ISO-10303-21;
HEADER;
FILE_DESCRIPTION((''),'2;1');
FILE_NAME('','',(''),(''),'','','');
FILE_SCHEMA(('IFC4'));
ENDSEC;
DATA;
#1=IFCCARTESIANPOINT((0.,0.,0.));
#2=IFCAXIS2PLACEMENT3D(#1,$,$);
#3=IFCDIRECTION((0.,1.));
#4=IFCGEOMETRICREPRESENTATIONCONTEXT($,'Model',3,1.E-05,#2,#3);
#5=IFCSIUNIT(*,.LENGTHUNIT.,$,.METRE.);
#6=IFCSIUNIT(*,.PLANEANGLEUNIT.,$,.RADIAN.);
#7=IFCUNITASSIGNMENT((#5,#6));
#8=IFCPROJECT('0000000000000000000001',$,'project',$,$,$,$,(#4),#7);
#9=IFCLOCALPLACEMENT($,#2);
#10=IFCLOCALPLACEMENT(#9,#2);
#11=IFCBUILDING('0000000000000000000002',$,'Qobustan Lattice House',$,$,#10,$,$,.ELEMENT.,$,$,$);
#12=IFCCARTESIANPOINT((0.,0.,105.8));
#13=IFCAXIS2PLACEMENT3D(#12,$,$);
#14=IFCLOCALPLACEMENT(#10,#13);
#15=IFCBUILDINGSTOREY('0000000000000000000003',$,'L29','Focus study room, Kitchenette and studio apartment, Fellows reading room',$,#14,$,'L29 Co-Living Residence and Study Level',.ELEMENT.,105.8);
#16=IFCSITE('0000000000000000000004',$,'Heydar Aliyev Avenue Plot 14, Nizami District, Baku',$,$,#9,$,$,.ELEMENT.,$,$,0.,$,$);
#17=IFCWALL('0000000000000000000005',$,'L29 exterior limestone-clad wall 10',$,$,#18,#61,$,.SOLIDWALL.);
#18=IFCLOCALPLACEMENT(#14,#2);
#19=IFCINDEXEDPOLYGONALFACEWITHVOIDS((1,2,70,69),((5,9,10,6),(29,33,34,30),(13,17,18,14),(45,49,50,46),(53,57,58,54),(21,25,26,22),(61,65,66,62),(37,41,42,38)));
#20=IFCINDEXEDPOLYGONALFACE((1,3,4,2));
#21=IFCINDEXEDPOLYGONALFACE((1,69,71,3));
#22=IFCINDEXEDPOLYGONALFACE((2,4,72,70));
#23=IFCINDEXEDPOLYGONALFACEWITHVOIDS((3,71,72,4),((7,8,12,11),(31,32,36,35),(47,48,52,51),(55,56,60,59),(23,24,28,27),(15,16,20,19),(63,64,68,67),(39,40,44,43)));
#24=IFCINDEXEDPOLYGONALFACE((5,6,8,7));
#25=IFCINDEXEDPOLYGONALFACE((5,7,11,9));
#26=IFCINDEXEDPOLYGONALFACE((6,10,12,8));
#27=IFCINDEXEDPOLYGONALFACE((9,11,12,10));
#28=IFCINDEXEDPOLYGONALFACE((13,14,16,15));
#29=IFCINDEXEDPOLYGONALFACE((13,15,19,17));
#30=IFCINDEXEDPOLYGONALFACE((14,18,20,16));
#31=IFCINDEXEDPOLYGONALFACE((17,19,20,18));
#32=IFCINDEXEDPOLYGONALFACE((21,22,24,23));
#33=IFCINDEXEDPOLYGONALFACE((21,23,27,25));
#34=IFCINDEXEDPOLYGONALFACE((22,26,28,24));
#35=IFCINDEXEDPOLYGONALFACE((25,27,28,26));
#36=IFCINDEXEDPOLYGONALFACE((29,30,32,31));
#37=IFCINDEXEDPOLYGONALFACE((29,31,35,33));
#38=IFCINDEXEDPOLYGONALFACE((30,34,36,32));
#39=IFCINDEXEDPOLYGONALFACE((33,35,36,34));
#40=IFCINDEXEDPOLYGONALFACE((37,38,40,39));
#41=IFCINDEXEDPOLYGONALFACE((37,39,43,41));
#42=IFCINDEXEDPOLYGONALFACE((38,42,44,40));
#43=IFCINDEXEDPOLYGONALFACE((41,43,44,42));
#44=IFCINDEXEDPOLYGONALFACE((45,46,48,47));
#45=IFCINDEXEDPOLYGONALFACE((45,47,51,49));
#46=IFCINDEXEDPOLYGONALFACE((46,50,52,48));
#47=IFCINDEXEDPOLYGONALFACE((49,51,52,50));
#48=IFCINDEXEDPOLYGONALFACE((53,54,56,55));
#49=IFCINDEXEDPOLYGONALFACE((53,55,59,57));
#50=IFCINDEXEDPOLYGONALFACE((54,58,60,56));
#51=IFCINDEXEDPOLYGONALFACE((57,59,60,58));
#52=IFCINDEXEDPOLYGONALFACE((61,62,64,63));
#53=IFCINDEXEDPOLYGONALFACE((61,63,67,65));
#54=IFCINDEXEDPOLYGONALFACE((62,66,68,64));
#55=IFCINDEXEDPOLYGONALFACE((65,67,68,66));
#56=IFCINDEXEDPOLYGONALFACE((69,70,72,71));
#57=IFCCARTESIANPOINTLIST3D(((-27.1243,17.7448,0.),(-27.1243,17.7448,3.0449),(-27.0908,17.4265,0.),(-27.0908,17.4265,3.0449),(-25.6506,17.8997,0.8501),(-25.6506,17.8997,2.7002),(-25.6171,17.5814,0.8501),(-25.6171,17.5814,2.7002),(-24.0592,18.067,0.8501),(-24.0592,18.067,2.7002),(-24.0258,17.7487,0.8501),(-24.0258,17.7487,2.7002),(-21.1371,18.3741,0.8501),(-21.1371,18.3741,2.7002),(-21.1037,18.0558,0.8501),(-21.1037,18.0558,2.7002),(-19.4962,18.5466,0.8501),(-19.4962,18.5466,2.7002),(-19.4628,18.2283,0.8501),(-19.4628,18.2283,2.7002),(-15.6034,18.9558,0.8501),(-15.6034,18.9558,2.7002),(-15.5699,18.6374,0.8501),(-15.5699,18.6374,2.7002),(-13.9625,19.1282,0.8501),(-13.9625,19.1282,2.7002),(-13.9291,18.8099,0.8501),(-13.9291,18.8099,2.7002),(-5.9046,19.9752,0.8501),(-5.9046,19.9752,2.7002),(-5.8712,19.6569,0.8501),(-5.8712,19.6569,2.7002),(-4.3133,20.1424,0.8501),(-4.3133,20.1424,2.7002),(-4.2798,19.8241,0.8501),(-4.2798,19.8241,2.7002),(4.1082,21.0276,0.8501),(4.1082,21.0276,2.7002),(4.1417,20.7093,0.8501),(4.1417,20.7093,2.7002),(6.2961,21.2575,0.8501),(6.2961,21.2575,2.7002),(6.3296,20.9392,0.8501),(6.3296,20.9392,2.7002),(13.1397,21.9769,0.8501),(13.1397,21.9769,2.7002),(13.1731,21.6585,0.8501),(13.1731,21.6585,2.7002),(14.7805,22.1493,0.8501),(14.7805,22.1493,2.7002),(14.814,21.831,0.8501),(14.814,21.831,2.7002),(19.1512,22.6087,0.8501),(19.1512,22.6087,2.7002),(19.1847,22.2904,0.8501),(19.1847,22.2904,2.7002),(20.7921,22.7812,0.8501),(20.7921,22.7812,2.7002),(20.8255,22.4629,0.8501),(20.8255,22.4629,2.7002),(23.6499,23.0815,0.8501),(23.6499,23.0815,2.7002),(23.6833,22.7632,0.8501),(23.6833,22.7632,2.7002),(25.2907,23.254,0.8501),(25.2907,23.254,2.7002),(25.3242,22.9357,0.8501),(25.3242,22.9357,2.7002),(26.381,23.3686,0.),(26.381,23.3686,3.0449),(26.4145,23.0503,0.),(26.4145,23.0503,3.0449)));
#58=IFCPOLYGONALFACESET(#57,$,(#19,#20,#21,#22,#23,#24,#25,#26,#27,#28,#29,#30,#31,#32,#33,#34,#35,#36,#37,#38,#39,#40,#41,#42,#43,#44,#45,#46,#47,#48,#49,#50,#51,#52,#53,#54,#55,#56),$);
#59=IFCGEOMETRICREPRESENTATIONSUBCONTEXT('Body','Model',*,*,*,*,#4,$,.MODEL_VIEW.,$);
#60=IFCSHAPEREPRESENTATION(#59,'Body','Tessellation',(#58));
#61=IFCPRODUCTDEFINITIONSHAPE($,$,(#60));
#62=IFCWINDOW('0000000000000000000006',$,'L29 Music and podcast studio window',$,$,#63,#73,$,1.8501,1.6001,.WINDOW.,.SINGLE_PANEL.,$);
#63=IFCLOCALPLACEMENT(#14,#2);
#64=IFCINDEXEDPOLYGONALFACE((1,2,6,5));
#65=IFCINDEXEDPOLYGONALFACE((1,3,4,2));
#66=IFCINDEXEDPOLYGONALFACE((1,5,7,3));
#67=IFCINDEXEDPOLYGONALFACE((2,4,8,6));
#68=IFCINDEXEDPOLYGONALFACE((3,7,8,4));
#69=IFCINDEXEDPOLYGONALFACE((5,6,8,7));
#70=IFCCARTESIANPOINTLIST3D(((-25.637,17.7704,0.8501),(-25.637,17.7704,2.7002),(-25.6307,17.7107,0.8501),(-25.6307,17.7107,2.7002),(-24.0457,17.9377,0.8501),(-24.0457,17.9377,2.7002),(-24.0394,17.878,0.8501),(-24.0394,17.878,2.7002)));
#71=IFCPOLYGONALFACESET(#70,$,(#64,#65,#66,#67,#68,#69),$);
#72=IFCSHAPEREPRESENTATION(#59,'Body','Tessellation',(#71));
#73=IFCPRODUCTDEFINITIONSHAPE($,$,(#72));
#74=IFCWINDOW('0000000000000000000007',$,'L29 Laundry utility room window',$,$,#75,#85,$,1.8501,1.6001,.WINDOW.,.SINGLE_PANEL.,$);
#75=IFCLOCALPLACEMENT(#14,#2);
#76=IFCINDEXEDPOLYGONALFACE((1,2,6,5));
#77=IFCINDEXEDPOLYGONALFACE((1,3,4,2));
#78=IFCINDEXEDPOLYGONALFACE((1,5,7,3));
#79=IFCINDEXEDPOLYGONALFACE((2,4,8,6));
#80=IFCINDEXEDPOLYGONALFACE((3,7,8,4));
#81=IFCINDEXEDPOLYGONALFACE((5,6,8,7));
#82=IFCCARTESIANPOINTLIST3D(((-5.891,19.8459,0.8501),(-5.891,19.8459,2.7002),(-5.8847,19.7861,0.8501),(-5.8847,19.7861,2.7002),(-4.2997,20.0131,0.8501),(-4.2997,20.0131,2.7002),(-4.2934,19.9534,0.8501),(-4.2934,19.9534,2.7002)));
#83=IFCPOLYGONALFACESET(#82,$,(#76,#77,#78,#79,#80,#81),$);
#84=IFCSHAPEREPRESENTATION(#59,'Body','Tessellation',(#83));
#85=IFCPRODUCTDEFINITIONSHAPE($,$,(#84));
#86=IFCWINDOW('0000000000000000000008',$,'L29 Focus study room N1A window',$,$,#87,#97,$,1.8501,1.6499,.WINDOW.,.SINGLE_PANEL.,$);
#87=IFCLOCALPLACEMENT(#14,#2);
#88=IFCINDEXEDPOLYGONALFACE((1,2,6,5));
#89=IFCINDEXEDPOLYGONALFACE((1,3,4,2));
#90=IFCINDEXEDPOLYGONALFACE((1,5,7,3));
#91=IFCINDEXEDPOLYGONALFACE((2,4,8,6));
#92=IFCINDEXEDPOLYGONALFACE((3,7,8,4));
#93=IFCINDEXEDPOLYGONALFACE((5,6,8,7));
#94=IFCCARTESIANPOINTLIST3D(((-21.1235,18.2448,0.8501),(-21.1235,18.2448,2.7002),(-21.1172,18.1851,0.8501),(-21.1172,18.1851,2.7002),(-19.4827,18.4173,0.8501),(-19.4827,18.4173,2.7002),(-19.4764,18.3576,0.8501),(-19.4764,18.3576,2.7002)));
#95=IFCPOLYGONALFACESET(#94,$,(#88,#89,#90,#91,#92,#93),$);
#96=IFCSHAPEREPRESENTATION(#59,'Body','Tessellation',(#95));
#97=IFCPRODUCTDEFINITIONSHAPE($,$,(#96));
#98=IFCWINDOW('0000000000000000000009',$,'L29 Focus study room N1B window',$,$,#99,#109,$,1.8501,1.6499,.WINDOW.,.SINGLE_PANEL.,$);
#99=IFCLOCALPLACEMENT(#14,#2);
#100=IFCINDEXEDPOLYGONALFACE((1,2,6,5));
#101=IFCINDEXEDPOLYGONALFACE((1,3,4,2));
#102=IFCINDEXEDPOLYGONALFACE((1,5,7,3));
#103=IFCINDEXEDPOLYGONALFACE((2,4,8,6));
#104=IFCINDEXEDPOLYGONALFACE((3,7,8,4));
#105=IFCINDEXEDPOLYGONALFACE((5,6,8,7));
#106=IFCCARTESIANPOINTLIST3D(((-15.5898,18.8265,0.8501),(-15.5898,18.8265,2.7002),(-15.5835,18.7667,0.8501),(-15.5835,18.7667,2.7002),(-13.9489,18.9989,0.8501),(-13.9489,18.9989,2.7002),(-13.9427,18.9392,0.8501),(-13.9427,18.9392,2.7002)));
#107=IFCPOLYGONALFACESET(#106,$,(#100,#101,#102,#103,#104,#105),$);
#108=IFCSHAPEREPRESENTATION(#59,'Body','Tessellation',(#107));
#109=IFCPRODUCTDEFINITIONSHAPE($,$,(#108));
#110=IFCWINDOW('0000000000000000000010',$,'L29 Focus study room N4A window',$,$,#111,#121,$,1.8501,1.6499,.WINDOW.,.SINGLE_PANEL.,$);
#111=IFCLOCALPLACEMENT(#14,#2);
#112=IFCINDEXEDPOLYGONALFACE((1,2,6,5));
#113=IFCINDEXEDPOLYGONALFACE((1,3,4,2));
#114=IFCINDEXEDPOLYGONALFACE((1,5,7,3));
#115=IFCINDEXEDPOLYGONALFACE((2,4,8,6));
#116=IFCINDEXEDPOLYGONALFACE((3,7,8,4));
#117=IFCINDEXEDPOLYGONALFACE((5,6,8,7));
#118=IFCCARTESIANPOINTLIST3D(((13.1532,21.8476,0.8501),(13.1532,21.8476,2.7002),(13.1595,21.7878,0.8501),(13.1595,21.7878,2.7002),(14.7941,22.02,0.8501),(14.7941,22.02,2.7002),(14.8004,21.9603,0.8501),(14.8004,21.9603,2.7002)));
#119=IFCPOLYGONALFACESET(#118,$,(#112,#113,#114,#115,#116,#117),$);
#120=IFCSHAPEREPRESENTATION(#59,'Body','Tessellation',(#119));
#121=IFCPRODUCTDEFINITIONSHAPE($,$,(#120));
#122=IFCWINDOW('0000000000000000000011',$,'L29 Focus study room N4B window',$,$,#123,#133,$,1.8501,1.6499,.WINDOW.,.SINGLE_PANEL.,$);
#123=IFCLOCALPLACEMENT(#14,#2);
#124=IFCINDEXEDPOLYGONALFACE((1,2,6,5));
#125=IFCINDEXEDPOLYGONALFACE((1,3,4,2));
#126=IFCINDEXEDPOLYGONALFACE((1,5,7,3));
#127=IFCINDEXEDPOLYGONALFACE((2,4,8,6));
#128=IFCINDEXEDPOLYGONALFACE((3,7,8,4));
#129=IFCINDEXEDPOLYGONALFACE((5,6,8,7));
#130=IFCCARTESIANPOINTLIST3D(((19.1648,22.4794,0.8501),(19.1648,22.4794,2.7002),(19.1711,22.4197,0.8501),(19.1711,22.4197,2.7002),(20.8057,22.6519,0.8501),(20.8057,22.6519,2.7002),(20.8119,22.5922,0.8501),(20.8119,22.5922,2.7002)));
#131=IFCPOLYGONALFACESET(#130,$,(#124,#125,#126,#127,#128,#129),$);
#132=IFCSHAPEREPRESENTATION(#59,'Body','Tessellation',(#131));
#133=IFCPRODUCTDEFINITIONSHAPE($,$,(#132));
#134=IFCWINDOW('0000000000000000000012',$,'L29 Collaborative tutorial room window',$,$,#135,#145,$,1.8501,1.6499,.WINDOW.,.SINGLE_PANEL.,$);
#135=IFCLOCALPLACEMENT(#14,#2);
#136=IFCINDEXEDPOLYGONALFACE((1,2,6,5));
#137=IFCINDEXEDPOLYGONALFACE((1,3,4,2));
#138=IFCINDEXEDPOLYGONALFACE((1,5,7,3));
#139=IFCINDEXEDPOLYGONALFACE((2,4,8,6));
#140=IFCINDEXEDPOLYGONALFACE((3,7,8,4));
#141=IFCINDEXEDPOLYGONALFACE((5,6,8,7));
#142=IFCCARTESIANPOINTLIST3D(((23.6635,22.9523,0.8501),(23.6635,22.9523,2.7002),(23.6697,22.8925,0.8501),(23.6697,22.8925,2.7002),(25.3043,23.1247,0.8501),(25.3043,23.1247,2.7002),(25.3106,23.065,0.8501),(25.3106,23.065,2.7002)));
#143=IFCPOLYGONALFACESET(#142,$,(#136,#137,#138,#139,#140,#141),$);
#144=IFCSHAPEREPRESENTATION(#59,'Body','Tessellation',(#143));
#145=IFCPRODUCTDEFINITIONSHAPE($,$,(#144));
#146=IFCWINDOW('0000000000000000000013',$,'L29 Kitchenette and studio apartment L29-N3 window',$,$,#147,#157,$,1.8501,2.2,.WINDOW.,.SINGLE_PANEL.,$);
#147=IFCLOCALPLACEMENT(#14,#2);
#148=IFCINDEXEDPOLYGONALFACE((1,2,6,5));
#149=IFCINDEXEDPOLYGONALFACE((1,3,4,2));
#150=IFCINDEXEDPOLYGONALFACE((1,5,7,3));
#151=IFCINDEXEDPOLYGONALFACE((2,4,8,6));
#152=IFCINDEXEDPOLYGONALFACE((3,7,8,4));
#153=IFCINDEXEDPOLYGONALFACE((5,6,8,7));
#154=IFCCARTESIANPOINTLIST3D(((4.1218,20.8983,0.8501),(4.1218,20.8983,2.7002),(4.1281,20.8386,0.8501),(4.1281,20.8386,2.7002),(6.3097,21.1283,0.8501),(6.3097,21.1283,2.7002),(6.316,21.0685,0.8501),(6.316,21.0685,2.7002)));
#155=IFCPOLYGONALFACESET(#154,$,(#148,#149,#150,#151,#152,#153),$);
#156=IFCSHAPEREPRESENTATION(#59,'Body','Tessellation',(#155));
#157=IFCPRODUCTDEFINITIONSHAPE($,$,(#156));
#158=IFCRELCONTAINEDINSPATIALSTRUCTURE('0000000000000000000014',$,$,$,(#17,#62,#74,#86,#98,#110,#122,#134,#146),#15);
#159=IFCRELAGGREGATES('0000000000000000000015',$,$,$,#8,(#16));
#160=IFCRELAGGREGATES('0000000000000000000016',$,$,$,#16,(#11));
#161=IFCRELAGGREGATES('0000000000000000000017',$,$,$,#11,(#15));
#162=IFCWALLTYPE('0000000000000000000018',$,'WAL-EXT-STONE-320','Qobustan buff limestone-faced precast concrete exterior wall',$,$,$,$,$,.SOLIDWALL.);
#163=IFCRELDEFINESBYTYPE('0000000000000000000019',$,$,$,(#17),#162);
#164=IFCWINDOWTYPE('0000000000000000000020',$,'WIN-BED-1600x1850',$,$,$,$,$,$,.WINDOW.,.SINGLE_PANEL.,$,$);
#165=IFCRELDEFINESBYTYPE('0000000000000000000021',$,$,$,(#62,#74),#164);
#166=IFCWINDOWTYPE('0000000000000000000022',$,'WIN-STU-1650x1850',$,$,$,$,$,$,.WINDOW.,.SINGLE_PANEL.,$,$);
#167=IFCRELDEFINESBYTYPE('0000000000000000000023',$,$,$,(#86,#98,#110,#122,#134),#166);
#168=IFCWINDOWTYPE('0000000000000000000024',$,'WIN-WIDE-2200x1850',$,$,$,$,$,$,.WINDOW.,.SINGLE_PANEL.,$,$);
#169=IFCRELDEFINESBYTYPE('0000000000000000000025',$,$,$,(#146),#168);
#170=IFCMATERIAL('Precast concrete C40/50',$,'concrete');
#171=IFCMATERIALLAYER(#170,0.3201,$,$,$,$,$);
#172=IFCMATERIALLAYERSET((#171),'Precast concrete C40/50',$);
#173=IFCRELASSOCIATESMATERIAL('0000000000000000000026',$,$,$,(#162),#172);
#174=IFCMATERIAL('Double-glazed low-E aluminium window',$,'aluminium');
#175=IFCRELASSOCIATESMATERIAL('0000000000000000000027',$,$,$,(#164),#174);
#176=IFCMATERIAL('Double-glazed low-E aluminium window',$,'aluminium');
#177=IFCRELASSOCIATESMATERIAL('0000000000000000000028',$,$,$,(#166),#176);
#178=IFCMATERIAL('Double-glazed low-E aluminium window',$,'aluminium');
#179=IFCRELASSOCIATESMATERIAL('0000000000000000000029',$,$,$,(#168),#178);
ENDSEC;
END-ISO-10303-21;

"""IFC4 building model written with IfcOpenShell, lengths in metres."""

from ifc_helpers import new_model, si_unit, direction, frame, frame_2d, origin, place, context, subcontext, project, spatial, rectangle, extrude, material, layer, layer_set, type_object, element, fill, save


model = new_model("IFC4")

# Units and contexts
model_context = context("Model", 3, precision=1e-05, world=origin(), true_north=direction((0.0, 1.0)))
body_context = subcontext(model_context, "Body", "Model", "MODEL_VIEW")
ifc_project = project(units=[si_unit("LENGTHUNIT", "METRE"), si_unit("PLANEANGLEUNIT", "RADIAN")], contexts=[model_context])

# Site, building, storey
site_placement = place(None, origin())
site = spatial("IfcSite", under=ifc_project, at=site_placement, Name="Heydar Aliyev Avenue Plot 14, Nizami District, Baku", CompositionType="ELEMENT", RefElevation=0.0)
building_placement = place(site_placement, origin())
building = spatial("IfcBuilding", under=site, at=building_placement, Name="Qobustan Lattice House", CompositionType="ELEMENT")
storey_placement = place(building_placement, frame((0.0, 0.0, 105.8)))
storey = spatial("IfcBuildingStorey", under=building, at=storey_placement, Name="L29", Description="Focus study room, Kitchenette and studio apartment, Fellows reading room", LongName="L29 Co-Living Residence and Study Level", CompositionType="ELEMENT", Elevation=105.8)

# Shared definitions
ifc_material_1 = material(Name="Precast concrete C40/50", Category="concrete")
ifc_layer_1 = layer(ifc_material_1, 0.3201)
ifc_layer_set_1 = layer_set([ifc_layer_1], Name="Precast concrete C40/50")
wall_type_1 = type_object("IfcWallType", Name="WAL-EXT-STONE-320", Description="Qobustan buff limestone-faced precast concrete exterior wall", PredefinedType="SOLIDWALL", material=ifc_layer_set_1)

# Wall, openings, windows
wall_1_placement = place(storey_placement, frame((-27.1074, 17.5857, 0.0), z_axis=(0.0, 0.0, 1.0), x_axis=(0.994522, 0.104531, 0.0)))
wall_1 = element("IfcWall", 1, at=wall_1_placement, inside=storey, type_object=wall_type_1, Name="L29 exterior limestone-clad wall 10", PredefinedType="SOLIDWALL", context=body_context, shape_type="SweptSolid", body=[
    extrude(rectangle(XDim=53.8, YDim=0.3201, at=frame_2d((26.8999, 0.0))), origin(), (0.0, 0.0, 1.0), 3.0449),
])
opening_1_placement = place(wall_1_placement, frame((1.4817, 0.0, 0.8501)))
opening_1 = element("IfcOpeningElement", 2, at=opening_1_placement, cuts=wall_1, PredefinedType="OPENING", context=body_context, shape_type="SweptSolid", body=[
    extrude(rectangle(XDim=1.6001, YDim=1.8501, at=frame_2d((0.8, 0.925))), frame((0.0, 0.1699, 0.0), z_axis=(0.0, -1.0, 0.0), x_axis=(1.0, 0.0, 0.0)), (0.0, 0.0, 1.0), 0.3401),
])
opening_2_placement = place(wall_1_placement, frame((6.02, 0.0, 0.8501)))
opening_2 = element("IfcOpeningElement", 3, at=opening_2_placement, cuts=wall_1, PredefinedType="OPENING", context=body_context, shape_type="SweptSolid", body=[
    extrude(rectangle(XDim=1.6499, YDim=1.8501, at=frame_2d((0.825, 0.925))), frame((0.0, 0.1699, 0.0), z_axis=(0.0, -1.0, 0.0), x_axis=(1.0, 0.0, 0.0)), (0.0, 0.0, 1.0), 0.3401),
])
opening_3_placement = place(wall_1_placement, frame((11.5842, 0.0, 0.8501)))
opening_3 = element("IfcOpeningElement", 4, at=opening_3_placement, cuts=wall_1, PredefinedType="OPENING", context=body_context, shape_type="SweptSolid", body=[
    extrude(rectangle(XDim=1.6499, YDim=1.8501, at=frame_2d((0.825, 0.925))), frame((0.0, 0.1699, 0.0), z_axis=(0.0, -1.0, 0.0), x_axis=(1.0, 0.0, 0.0)), (0.0, 0.0, 1.0), 0.3401),
])
opening_4_placement = place(wall_1_placement, frame((21.3364, 0.0, 0.8501)))
opening_4 = element("IfcOpeningElement", 5, at=opening_4_placement, cuts=wall_1, PredefinedType="OPENING", context=body_context, shape_type="SweptSolid", body=[
    extrude(rectangle(XDim=1.6001, YDim=1.8501, at=frame_2d((0.8, 0.925))), frame((0.0, 0.1699, 0.0), z_axis=(0.0, -1.0, 0.0), x_axis=(1.0, 0.0, 0.0)), (0.0, 0.0, 1.0), 0.3401),
])
opening_5_placement = place(wall_1_placement, frame((31.4043, 0.0, 0.8501)))
opening_5 = element("IfcOpeningElement", 6, at=opening_5_placement, cuts=wall_1, PredefinedType="OPENING", context=body_context, shape_type="SweptSolid", body=[
    extrude(rectangle(XDim=2.2, YDim=1.8501, at=frame_2d((1.1001, 0.925))), frame((0.0, 0.1699, 0.0), z_axis=(0.0, -1.0, 0.0), x_axis=(1.0, 0.0, 0.0)), (0.0, 0.0, 1.0), 0.3401),
])
opening_6_placement = place(wall_1_placement, frame((40.4856, 0.0, 0.8501)))
opening_6 = element("IfcOpeningElement", 7, at=opening_6_placement, cuts=wall_1, PredefinedType="OPENING", context=body_context, shape_type="SweptSolid", body=[
    extrude(rectangle(XDim=1.6499, YDim=1.8501, at=frame_2d((0.825, 0.925))), frame((0.0, 0.1699, 0.0), z_axis=(0.0, -1.0, 0.0), x_axis=(1.0, 0.0, 0.0)), (0.0, 0.0, 1.0), 0.3401),
])
opening_7_placement = place(wall_1_placement, frame((46.5303, 0.0, 0.8501)))
opening_7 = element("IfcOpeningElement", 8, at=opening_7_placement, cuts=wall_1, PredefinedType="OPENING", context=body_context, shape_type="SweptSolid", body=[
    extrude(rectangle(XDim=1.6499, YDim=1.8501, at=frame_2d((0.825, 0.925))), frame((0.0, 0.1699, 0.0), z_axis=(0.0, -1.0, 0.0), x_axis=(1.0, 0.0, 0.0)), (0.0, 0.0, 1.0), 0.3401),
])
opening_8_placement = place(wall_1_placement, frame((51.0537, 0.0, 0.8501)))
opening_8 = element("IfcOpeningElement", 9, at=opening_8_placement, cuts=wall_1, PredefinedType="OPENING", context=body_context, shape_type="SweptSolid", body=[
    extrude(rectangle(XDim=1.6499, YDim=1.8501, at=frame_2d((0.825, 0.925))), frame((0.0, 0.1699, 0.0), z_axis=(0.0, -1.0, 0.0), x_axis=(1.0, 0.0, 0.0)), (0.0, 0.0, 1.0), 0.3401),
])
ifc_material_2 = material(Name="Double-glazed low-E aluminium window", Category="aluminium")
window_type_1 = type_object("IfcWindowType", Name="WIN-BED-1600x1850", PartitioningType="SINGLE_PANEL", PredefinedType="WINDOW", material=ifc_material_2)
window_1_placement = place(opening_1_placement, origin())
window_1 = element("IfcWindow", 10, at=window_1_placement, inside=storey, type_object=window_type_1, Name="L29 Music and podcast studio window", OverallHeight=1.8501, OverallWidth=1.6001, PartitioningType="SINGLE_PANEL", PredefinedType="WINDOW", context=body_context, shape_type="SweptSolid", body=[
    extrude(rectangle(XDim=1.6001, YDim=1.8501, at=frame_2d((0.8, 0.925))), frame((0.0, 0.03, 0.0), z_axis=(0.0, -1.0, 0.0), x_axis=(1.0, 0.0, 0.0)), (0.0, 0.0, 1.0), 0.0601),
])
fill(opening_1, window_1)
window_2_placement = place(opening_4_placement, origin())
window_2 = element("IfcWindow", 11, at=window_2_placement, inside=storey, type_object=window_type_1, Name="L29 Laundry utility room window", OverallHeight=1.8501, OverallWidth=1.6001, PartitioningType="SINGLE_PANEL", PredefinedType="WINDOW", context=body_context, shape_type="SweptSolid", body=[
    extrude(rectangle(XDim=1.6001, YDim=1.8501, at=frame_2d((0.8, 0.925))), frame((0.0, 0.03, 0.0), z_axis=(0.0, -1.0, 0.0), x_axis=(1.0, 0.0, 0.0)), (0.0, 0.0, 1.0), 0.0601),
])
fill(opening_4, window_2)
ifc_material_3 = material(Name="Double-glazed low-E aluminium window", Category="aluminium")
window_type_2 = type_object("IfcWindowType", Name="WIN-STU-1650x1850", PartitioningType="SINGLE_PANEL", PredefinedType="WINDOW", material=ifc_material_3)
window_3_placement = place(opening_2_placement, origin())
window_3 = element("IfcWindow", 12, at=window_3_placement, inside=storey, type_object=window_type_2, Name="L29 Focus study room N1A window", OverallHeight=1.8501, OverallWidth=1.6499, PartitioningType="SINGLE_PANEL", PredefinedType="WINDOW", context=body_context, shape_type="SweptSolid", body=[
    extrude(rectangle(XDim=1.6499, YDim=1.8501, at=frame_2d((0.825, 0.925))), frame((0.0, 0.03, 0.0), z_axis=(0.0, -1.0, 0.0), x_axis=(1.0, 0.0, 0.0)), (0.0, 0.0, 1.0), 0.0601),
])
fill(opening_2, window_3)
window_4_placement = place(opening_3_placement, origin())
window_4 = element("IfcWindow", 13, at=window_4_placement, inside=storey, type_object=window_type_2, Name="L29 Focus study room N1B window", OverallHeight=1.8501, OverallWidth=1.6499, PartitioningType="SINGLE_PANEL", PredefinedType="WINDOW", context=body_context, shape_type="SweptSolid", body=[
    extrude(rectangle(XDim=1.6499, YDim=1.8501, at=frame_2d((0.825, 0.925))), frame((0.0, 0.03, 0.0), z_axis=(0.0, -1.0, 0.0), x_axis=(1.0, 0.0, 0.0)), (0.0, 0.0, 1.0), 0.0601),
])
fill(opening_3, window_4)
window_5_placement = place(opening_6_placement, origin())
window_5 = element("IfcWindow", 14, at=window_5_placement, inside=storey, type_object=window_type_2, Name="L29 Focus study room N4A window", OverallHeight=1.8501, OverallWidth=1.6499, PartitioningType="SINGLE_PANEL", PredefinedType="WINDOW", context=body_context, shape_type="SweptSolid", body=[
    extrude(rectangle(XDim=1.6499, YDim=1.8501, at=frame_2d((0.825, 0.925))), frame((0.0, 0.03, 0.0), z_axis=(0.0, -1.0, 0.0), x_axis=(1.0, 0.0, 0.0)), (0.0, 0.0, 1.0), 0.0601),
])
fill(opening_6, window_5)
window_6_placement = place(opening_7_placement, origin())
window_6 = element("IfcWindow", 15, at=window_6_placement, inside=storey, type_object=window_type_2, Name="L29 Focus study room N4B window", OverallHeight=1.8501, OverallWidth=1.6499, PartitioningType="SINGLE_PANEL", PredefinedType="WINDOW", context=body_context, shape_type="SweptSolid", body=[
    extrude(rectangle(XDim=1.6499, YDim=1.8501, at=frame_2d((0.825, 0.925))), frame((0.0, 0.03, 0.0), z_axis=(0.0, -1.0, 0.0), x_axis=(1.0, 0.0, 0.0)), (0.0, 0.0, 1.0), 0.0601),
])
fill(opening_7, window_6)
window_7_placement = place(opening_8_placement, origin())
window_7 = element("IfcWindow", 16, at=window_7_placement, inside=storey, type_object=window_type_2, Name="L29 Collaborative tutorial room window", OverallHeight=1.8501, OverallWidth=1.6499, PartitioningType="SINGLE_PANEL", PredefinedType="WINDOW", context=body_context, shape_type="SweptSolid", body=[
    extrude(rectangle(XDim=1.6499, YDim=1.8501, at=frame_2d((0.825, 0.925))), frame((0.0, 0.03, 0.0), z_axis=(0.0, -1.0, 0.0), x_axis=(1.0, 0.0, 0.0)), (0.0, 0.0, 1.0), 0.0601),
])
fill(opening_8, window_7)
ifc_material_4 = material(Name="Double-glazed low-E aluminium window", Category="aluminium")
window_type_3 = type_object("IfcWindowType", Name="WIN-WIDE-2200x1850", PartitioningType="SINGLE_PANEL", PredefinedType="WINDOW", material=ifc_material_4)
window_8_placement = place(opening_5_placement, origin())
window_8 = element("IfcWindow", 17, at=window_8_placement, inside=storey, type_object=window_type_3, Name="L29 Kitchenette and studio apartment L29-N3 window", OverallHeight=1.8501, OverallWidth=2.2, PartitioningType="SINGLE_PANEL", PredefinedType="WINDOW", context=body_context, shape_type="SweptSolid", body=[
    extrude(rectangle(XDim=2.2, YDim=1.8501, at=frame_2d((1.1001, 0.925))), frame((0.0, 0.03, 0.0), z_axis=(0.0, -1.0, 0.0), x_axis=(1.0, 0.0, 0.0)), (0.0, 0.0, 1.0), 0.0601),
])
fill(opening_5, window_8)

save(model, "model.ifc")
